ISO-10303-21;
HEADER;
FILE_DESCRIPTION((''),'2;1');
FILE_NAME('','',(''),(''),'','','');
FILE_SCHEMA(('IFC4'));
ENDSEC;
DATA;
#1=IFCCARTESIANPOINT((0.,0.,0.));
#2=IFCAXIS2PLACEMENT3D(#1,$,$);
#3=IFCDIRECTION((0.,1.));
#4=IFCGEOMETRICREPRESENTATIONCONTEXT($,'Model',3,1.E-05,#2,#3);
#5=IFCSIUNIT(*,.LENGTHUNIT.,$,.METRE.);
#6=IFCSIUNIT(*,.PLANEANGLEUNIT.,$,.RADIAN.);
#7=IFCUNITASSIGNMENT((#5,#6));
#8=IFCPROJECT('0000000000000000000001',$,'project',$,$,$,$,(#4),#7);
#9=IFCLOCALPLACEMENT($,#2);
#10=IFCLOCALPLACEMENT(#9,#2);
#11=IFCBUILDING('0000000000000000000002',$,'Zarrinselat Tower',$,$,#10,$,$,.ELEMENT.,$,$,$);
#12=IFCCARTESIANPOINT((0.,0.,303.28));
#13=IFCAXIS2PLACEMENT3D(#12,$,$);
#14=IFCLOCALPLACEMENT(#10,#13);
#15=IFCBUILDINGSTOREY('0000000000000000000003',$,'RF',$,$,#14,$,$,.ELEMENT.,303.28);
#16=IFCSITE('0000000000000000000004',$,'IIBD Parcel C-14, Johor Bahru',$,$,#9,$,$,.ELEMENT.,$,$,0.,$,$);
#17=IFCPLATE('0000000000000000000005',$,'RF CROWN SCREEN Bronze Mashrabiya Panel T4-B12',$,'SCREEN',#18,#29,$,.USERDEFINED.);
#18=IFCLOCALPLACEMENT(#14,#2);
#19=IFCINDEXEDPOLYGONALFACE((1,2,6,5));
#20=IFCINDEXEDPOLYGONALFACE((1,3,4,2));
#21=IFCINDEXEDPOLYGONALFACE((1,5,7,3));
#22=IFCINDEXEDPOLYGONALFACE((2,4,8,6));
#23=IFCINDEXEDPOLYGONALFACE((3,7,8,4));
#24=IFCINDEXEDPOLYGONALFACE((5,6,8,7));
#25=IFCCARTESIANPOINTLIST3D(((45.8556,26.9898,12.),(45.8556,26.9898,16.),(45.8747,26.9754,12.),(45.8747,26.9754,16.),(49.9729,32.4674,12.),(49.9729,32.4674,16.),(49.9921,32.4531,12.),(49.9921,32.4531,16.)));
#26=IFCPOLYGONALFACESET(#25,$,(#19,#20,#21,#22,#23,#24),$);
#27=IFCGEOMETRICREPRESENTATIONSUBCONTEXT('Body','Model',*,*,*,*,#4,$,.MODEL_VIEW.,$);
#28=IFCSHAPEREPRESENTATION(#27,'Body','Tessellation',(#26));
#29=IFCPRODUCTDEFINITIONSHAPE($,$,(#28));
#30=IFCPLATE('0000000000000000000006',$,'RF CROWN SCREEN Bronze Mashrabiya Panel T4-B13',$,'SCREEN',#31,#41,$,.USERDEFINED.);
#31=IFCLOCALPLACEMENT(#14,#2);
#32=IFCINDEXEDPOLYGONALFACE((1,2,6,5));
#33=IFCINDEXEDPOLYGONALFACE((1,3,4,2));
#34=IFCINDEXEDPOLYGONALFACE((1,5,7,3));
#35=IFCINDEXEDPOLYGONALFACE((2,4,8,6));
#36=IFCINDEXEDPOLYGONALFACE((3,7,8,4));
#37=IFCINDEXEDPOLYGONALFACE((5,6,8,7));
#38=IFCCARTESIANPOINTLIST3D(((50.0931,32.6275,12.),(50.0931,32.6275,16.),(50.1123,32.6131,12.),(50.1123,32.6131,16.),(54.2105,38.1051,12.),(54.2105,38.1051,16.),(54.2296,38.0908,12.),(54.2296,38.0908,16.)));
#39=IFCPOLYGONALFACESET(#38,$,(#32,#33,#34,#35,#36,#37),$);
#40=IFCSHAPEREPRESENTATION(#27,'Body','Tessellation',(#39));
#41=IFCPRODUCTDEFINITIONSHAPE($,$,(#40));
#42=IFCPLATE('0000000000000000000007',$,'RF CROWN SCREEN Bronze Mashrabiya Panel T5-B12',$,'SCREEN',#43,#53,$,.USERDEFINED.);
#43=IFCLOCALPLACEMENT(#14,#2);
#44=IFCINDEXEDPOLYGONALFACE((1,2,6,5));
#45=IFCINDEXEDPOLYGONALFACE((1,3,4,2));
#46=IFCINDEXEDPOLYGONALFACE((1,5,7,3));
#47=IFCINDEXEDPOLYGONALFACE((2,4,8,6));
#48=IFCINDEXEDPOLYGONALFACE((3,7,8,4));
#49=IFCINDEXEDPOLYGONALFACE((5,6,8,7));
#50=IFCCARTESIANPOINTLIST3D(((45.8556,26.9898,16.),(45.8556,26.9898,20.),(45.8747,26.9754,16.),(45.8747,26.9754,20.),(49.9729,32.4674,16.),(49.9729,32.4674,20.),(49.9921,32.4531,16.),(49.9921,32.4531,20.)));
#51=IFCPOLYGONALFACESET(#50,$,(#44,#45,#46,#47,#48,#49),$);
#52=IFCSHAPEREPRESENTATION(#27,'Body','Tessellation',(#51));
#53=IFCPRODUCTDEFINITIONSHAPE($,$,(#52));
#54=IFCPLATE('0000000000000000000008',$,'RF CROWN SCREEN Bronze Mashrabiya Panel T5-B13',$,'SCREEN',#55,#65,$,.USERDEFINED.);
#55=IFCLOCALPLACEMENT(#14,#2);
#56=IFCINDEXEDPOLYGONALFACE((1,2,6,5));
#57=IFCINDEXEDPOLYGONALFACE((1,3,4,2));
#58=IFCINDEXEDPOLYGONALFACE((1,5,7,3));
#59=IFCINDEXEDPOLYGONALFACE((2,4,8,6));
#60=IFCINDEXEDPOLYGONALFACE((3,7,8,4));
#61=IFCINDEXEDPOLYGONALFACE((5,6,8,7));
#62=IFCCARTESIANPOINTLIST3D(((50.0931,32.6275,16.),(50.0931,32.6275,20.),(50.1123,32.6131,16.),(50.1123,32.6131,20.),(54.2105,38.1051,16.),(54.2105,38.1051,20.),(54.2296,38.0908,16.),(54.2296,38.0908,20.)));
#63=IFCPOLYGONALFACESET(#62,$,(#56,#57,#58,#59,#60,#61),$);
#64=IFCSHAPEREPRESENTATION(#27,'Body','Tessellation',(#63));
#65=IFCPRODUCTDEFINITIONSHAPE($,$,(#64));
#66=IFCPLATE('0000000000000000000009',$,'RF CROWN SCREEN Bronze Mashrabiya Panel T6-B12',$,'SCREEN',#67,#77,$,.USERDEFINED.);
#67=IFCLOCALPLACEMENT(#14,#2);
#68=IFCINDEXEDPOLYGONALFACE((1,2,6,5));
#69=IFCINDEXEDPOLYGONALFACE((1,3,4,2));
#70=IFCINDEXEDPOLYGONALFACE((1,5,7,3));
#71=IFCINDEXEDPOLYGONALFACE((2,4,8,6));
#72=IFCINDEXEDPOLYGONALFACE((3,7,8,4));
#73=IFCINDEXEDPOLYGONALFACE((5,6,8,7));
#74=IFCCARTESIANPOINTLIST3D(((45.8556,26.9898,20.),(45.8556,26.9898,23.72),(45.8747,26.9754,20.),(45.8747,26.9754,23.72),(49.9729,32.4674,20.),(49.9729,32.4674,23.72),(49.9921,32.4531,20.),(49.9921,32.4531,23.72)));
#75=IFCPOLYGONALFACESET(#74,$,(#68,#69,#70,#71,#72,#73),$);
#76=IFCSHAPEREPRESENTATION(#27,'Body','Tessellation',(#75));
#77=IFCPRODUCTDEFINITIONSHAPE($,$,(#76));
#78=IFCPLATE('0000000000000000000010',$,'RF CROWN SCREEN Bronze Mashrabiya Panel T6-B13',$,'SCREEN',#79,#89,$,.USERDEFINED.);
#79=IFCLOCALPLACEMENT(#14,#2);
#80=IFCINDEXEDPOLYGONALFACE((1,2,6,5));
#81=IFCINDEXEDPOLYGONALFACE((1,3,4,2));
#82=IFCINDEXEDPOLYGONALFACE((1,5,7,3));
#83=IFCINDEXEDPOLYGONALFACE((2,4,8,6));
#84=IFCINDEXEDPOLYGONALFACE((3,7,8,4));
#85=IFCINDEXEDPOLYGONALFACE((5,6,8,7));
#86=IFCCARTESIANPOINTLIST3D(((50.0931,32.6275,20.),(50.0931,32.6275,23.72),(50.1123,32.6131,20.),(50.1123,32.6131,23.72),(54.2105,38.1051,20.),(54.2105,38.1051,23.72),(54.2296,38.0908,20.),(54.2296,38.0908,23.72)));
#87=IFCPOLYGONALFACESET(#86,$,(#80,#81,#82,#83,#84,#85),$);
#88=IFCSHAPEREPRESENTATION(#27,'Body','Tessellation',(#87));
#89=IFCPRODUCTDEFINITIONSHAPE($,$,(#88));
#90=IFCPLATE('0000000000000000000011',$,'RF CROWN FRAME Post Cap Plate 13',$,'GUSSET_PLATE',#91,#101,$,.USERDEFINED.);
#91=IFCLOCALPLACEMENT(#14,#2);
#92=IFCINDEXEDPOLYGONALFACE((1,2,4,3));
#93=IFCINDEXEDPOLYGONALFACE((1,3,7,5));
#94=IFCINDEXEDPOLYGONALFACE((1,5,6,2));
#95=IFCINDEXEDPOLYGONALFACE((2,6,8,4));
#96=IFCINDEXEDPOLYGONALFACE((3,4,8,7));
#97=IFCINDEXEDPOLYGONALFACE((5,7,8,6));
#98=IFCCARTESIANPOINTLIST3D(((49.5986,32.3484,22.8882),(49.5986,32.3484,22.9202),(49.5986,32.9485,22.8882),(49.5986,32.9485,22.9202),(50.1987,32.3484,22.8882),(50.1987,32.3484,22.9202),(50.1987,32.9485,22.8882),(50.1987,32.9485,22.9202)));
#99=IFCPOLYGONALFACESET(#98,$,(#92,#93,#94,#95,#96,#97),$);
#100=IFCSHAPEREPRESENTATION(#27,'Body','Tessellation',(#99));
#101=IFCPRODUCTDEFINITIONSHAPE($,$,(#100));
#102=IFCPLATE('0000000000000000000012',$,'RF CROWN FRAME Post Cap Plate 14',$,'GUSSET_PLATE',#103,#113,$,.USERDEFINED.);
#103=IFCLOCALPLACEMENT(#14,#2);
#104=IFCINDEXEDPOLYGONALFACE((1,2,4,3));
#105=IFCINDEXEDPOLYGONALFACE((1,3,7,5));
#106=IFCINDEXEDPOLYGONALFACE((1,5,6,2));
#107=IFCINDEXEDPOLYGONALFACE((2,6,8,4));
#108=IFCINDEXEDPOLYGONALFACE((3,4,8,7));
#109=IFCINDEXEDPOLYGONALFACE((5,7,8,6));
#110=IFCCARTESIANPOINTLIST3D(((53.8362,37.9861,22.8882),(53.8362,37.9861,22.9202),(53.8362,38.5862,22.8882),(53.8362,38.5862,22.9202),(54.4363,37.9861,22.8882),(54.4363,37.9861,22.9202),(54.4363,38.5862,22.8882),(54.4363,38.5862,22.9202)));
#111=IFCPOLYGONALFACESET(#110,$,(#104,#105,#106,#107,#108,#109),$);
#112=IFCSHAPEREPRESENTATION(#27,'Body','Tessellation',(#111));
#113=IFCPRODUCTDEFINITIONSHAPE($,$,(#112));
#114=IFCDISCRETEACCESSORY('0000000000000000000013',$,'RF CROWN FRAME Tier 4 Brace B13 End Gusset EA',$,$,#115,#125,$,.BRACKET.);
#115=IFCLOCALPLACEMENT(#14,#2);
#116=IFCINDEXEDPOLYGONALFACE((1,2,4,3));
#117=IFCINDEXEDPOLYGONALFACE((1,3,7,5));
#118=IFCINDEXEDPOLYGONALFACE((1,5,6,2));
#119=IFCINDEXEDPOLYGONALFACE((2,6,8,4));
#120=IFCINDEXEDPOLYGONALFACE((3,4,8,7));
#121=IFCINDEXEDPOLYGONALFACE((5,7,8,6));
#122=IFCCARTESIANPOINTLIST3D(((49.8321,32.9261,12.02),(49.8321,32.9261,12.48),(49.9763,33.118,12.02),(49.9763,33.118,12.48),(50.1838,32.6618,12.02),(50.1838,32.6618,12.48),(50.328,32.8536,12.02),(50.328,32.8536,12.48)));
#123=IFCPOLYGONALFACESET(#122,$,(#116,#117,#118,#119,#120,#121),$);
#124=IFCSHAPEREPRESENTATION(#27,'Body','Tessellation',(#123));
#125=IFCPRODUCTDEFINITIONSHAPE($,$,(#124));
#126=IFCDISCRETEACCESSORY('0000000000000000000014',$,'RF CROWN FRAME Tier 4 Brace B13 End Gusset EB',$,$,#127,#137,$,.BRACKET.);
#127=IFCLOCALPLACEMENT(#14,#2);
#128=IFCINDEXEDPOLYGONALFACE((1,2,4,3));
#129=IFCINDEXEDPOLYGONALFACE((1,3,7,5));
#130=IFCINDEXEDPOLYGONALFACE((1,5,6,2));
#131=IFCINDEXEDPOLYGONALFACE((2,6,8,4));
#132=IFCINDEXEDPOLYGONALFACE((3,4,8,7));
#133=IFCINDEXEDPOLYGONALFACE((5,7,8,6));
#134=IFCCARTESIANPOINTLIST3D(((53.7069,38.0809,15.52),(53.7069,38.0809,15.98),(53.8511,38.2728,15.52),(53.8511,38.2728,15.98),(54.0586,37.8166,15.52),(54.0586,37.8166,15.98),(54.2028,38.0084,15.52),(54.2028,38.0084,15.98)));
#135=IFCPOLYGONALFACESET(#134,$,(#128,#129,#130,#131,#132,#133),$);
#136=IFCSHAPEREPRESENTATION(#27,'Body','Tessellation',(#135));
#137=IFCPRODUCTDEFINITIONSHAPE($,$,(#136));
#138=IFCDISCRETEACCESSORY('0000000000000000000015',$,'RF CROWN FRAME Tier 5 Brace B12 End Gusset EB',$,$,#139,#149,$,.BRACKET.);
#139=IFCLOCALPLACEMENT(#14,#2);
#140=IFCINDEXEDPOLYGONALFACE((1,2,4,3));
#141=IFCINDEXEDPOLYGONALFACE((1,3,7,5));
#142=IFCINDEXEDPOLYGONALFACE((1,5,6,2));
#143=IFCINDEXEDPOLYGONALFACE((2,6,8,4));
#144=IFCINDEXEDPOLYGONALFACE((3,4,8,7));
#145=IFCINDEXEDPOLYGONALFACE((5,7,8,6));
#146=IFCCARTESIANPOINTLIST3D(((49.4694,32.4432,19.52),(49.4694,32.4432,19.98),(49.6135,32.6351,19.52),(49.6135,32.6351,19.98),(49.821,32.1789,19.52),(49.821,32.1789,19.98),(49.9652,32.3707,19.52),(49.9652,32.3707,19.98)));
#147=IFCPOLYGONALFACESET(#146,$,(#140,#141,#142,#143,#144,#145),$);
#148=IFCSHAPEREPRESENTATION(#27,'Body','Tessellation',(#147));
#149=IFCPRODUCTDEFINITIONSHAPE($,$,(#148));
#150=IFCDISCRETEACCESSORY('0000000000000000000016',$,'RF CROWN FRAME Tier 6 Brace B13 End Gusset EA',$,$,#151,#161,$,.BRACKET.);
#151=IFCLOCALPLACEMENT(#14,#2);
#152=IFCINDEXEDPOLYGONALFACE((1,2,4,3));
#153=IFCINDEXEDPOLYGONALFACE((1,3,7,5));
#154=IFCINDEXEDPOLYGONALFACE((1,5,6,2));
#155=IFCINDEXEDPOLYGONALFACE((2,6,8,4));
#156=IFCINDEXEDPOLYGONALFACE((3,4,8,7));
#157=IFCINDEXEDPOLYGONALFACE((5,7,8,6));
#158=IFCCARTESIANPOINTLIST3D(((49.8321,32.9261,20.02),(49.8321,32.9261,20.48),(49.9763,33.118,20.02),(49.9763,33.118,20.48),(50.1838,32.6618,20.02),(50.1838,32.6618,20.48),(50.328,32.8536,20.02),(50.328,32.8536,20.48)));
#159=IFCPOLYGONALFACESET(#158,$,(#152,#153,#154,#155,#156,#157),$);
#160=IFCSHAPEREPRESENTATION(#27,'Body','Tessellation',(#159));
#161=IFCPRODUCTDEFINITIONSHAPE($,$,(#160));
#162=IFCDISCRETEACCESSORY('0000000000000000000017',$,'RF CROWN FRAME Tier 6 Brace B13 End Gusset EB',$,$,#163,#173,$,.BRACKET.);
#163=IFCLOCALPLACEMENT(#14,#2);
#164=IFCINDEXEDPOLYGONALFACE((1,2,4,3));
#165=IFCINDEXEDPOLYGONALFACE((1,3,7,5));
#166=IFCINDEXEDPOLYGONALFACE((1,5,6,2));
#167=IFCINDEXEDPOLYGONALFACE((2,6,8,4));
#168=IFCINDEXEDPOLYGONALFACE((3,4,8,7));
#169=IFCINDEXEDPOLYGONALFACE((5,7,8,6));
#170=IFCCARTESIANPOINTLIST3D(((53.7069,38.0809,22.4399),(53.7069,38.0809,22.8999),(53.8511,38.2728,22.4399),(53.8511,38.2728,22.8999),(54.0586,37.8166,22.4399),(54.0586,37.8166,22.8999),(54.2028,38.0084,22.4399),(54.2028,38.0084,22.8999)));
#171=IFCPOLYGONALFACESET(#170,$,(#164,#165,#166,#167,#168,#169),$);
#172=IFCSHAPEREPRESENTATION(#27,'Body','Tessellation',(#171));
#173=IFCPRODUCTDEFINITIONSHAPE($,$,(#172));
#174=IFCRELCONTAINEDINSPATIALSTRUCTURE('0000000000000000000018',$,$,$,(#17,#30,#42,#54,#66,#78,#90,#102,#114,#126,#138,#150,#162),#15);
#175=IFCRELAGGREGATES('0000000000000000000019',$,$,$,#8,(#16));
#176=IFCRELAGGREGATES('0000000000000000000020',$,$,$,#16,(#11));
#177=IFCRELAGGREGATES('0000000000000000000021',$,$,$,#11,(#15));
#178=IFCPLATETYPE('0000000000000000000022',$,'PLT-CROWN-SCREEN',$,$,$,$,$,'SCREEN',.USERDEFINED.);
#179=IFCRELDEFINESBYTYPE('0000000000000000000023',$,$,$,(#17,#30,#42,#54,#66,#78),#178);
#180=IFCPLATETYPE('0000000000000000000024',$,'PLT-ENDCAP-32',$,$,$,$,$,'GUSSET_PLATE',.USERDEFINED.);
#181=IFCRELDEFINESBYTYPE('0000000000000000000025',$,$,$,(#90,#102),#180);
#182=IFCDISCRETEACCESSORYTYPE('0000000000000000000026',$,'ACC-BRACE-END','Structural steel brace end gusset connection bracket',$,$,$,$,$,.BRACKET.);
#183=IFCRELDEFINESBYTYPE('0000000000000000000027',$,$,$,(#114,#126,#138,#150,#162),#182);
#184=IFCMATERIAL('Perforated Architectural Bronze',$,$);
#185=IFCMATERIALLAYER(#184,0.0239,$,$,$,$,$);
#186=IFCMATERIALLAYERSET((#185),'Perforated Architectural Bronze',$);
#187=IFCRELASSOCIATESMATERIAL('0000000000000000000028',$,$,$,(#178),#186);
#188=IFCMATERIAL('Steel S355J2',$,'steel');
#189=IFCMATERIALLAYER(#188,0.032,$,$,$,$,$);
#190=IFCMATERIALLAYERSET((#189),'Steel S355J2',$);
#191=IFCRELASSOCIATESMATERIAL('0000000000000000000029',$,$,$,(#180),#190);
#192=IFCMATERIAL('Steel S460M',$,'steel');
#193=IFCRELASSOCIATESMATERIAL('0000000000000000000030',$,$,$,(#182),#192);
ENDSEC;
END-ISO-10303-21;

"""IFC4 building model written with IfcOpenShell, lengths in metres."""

from ifc_helpers import new_model, si_unit, direction, frame, origin, origin_2d, place, context, subcontext, project, spatial, rectangle, extrude, material, layer, layer_set, type_object, element, save


model = new_model("IFC4")

# Units and contexts
model_context = context("Model", 3, precision=1e-05, world=origin(), true_north=direction((0.0, 1.0)))
body_context = subcontext(model_context, "Body", "Model", "MODEL_VIEW")
ifc_project = project(units=[si_unit("LENGTHUNIT", "METRE"), si_unit("PLANEANGLEUNIT", "RADIAN")], contexts=[model_context])

# Site, building, storey
site_placement = place(None, origin())
site = spatial("IfcSite", under=ifc_project, at=site_placement, Name="IIBD Parcel C-14, Johor Bahru", CompositionType="ELEMENT", RefElevation=0.0)
building_placement = place(site_placement, origin())
building = spatial("IfcBuilding", under=site, at=building_placement, Name="Zarrinselat Tower", CompositionType="ELEMENT")
storey_placement = place(building_placement, frame((0.0, 0.0, 303.28)))
storey = spatial("IfcBuildingStorey", under=building, at=storey_placement, Name="RF", CompositionType="ELEMENT", Elevation=303.28)

# Plates
ifc_material_1 = material(Name="Perforated Architectural Bronze")
ifc_layer_1 = layer(ifc_material_1, 0.0239)
ifc_layer_set_1 = layer_set([ifc_layer_1], Name="Perforated Architectural Bronze")
plate_type_1 = type_object("IfcPlateType", Name="PLT-CROWN-SCREEN", ElementType="SCREEN", PredefinedType="USERDEFINED", material=ifc_layer_set_1)
for number, where, z_axis, x_axis, name in (
    (1, (47.9238, 29.7214, 12.0), (0.0, 0.0, 1.0), (0.600853, 0.79936, 0.0), "RF CROWN SCREEN Bronze Mashrabiya Panel T4-B12"),
    (2, (52.1614, 35.3591, 12.0), (0.0, 0.0, 1.0), (0.600853, 0.79936, 0.0), "RF CROWN SCREEN Bronze Mashrabiya Panel T4-B13"),
    (3, (47.9238, 29.7214, 16.0), (0.0, 0.0, 1.0), (0.600853, 0.79936, 0.0), "RF CROWN SCREEN Bronze Mashrabiya Panel T5-B12"),
    (4, (52.1614, 35.3591, 16.0), (0.0, 0.0, 1.0), (0.600853, 0.79936, 0.0), "RF CROWN SCREEN Bronze Mashrabiya Panel T5-B13"),
):
    element("IfcPlate", number, at=place(storey_placement, frame(where, z_axis=z_axis, x_axis=x_axis)), inside=storey, type_object=plate_type_1, Name=name, ObjectType="SCREEN", PredefinedType="USERDEFINED", context=body_context, shape_type="SweptSolid", body=[
        extrude(rectangle(XDim=6.8525, YDim=0.0239, at=origin_2d()), origin(), (0.0, 0.0, 1.0), 4.0),
    ])
for number, where, z_axis, x_axis, name in (
    (5, (47.9238, 29.7214, 20.0), (0.0, 0.0, 1.0), (0.600853, 0.79936, 0.0), "RF CROWN SCREEN Bronze Mashrabiya Panel T6-B12"),
    (6, (52.1614, 35.3591, 20.0), (0.0, 0.0, 1.0), (0.600853, 0.79936, 0.0), "RF CROWN SCREEN Bronze Mashrabiya Panel T6-B13"),
):
    element("IfcPlate", number, at=place(storey_placement, frame(where, z_axis=z_axis, x_axis=x_axis)), inside=storey, type_object=plate_type_1, Name=name, ObjectType="SCREEN", PredefinedType="USERDEFINED", context=body_context, shape_type="SweptSolid", body=[
        extrude(rectangle(XDim=6.8525, YDim=0.0239, at=origin_2d()), origin(), (0.0, 0.0, 1.0), 3.72),
    ])
ifc_material_2 = material(Name="Steel S355J2", Category="steel")
ifc_layer_2 = layer(ifc_material_2, 0.032)
ifc_layer_set_2 = layer_set([ifc_layer_2], Name="Steel S355J2")
plate_type_2 = type_object("IfcPlateType", Name="PLT-ENDCAP-32", ElementType="GUSSET_PLATE", PredefinedType="USERDEFINED", material=ifc_layer_set_2)
for number, where, z_axis, x_axis, name in (
    (7, (49.8987, 32.6484, 22.8882), (0.0, 0.0, 1.0), (1.0, 0.0, 0.0), "RF CROWN FRAME Post Cap Plate 13"),
    (8, (54.1362, 38.2861, 22.8882), (0.0, 0.0, 1.0), (1.0, 0.0, 0.0), "RF CROWN FRAME Post Cap Plate 14"),
):
    element("IfcPlate", number, at=place(storey_placement, frame(where, z_axis=z_axis, x_axis=x_axis)), inside=storey, type_object=plate_type_2, Name=name, ObjectType="GUSSET_PLATE", PredefinedType="USERDEFINED", context=body_context, shape_type="SweptSolid", body=[
        extrude(rectangle(XDim=0.6001, YDim=0.6001, at=origin_2d()), origin(), (0.0, 0.0, 1.0), 0.032),
    ])

# Discrete accessories
ifc_material_3 = material(Name="Steel S460M", Category="steel")
discrete_accessory_type = type_object("IfcDiscreteAccessoryType", Name="ACC-BRACE-END", Description="Structural steel brace end gusset connection bracket", PredefinedType="BRACKET", material=ifc_material_3)
for number, where, z_axis, x_axis, name in (
    (9, (50.0801, 32.8899, 12.02), (0.0, 0.0, 1.0), (0.600853, 0.79936, 0.0), "RF CROWN FRAME Tier 4 Brace B13 End Gusset EA"),
    (10, (53.9548, 38.0447, 15.52), (0.0, 0.0, 1.0), (0.600853, 0.79936, 0.0), "RF CROWN FRAME Tier 4 Brace B13 End Gusset EB"),
    (11, (49.7173, 32.407, 19.52), (0.0, 0.0, 1.0), (0.600853, 0.79936, 0.0), "RF CROWN FRAME Tier 5 Brace B12 End Gusset EB"),
    (12, (50.0801, 32.8899, 20.02), (0.0, 0.0, 1.0), (0.600853, 0.79936, 0.0), "RF CROWN FRAME Tier 6 Brace B13 End Gusset EA"),
    (13, (53.9548, 38.0447, 22.4399), (0.0, 0.0, 1.0), (0.600853, 0.79936, 0.0), "RF CROWN FRAME Tier 6 Brace B13 End Gusset EB"),
):
    element("IfcDiscreteAccessory", number, at=place(storey_placement, frame(where, z_axis=z_axis, x_axis=x_axis)), inside=storey, type_object=discrete_accessory_type, Name=name, PredefinedType="BRACKET", context=body_context, shape_type="SweptSolid", body=[
        extrude(rectangle(XDim=0.24, YDim=0.4399, at=origin_2d()), origin(), (0.0, 0.0, 1.0), 0.46),
    ])

save(model, "model.ifc")
